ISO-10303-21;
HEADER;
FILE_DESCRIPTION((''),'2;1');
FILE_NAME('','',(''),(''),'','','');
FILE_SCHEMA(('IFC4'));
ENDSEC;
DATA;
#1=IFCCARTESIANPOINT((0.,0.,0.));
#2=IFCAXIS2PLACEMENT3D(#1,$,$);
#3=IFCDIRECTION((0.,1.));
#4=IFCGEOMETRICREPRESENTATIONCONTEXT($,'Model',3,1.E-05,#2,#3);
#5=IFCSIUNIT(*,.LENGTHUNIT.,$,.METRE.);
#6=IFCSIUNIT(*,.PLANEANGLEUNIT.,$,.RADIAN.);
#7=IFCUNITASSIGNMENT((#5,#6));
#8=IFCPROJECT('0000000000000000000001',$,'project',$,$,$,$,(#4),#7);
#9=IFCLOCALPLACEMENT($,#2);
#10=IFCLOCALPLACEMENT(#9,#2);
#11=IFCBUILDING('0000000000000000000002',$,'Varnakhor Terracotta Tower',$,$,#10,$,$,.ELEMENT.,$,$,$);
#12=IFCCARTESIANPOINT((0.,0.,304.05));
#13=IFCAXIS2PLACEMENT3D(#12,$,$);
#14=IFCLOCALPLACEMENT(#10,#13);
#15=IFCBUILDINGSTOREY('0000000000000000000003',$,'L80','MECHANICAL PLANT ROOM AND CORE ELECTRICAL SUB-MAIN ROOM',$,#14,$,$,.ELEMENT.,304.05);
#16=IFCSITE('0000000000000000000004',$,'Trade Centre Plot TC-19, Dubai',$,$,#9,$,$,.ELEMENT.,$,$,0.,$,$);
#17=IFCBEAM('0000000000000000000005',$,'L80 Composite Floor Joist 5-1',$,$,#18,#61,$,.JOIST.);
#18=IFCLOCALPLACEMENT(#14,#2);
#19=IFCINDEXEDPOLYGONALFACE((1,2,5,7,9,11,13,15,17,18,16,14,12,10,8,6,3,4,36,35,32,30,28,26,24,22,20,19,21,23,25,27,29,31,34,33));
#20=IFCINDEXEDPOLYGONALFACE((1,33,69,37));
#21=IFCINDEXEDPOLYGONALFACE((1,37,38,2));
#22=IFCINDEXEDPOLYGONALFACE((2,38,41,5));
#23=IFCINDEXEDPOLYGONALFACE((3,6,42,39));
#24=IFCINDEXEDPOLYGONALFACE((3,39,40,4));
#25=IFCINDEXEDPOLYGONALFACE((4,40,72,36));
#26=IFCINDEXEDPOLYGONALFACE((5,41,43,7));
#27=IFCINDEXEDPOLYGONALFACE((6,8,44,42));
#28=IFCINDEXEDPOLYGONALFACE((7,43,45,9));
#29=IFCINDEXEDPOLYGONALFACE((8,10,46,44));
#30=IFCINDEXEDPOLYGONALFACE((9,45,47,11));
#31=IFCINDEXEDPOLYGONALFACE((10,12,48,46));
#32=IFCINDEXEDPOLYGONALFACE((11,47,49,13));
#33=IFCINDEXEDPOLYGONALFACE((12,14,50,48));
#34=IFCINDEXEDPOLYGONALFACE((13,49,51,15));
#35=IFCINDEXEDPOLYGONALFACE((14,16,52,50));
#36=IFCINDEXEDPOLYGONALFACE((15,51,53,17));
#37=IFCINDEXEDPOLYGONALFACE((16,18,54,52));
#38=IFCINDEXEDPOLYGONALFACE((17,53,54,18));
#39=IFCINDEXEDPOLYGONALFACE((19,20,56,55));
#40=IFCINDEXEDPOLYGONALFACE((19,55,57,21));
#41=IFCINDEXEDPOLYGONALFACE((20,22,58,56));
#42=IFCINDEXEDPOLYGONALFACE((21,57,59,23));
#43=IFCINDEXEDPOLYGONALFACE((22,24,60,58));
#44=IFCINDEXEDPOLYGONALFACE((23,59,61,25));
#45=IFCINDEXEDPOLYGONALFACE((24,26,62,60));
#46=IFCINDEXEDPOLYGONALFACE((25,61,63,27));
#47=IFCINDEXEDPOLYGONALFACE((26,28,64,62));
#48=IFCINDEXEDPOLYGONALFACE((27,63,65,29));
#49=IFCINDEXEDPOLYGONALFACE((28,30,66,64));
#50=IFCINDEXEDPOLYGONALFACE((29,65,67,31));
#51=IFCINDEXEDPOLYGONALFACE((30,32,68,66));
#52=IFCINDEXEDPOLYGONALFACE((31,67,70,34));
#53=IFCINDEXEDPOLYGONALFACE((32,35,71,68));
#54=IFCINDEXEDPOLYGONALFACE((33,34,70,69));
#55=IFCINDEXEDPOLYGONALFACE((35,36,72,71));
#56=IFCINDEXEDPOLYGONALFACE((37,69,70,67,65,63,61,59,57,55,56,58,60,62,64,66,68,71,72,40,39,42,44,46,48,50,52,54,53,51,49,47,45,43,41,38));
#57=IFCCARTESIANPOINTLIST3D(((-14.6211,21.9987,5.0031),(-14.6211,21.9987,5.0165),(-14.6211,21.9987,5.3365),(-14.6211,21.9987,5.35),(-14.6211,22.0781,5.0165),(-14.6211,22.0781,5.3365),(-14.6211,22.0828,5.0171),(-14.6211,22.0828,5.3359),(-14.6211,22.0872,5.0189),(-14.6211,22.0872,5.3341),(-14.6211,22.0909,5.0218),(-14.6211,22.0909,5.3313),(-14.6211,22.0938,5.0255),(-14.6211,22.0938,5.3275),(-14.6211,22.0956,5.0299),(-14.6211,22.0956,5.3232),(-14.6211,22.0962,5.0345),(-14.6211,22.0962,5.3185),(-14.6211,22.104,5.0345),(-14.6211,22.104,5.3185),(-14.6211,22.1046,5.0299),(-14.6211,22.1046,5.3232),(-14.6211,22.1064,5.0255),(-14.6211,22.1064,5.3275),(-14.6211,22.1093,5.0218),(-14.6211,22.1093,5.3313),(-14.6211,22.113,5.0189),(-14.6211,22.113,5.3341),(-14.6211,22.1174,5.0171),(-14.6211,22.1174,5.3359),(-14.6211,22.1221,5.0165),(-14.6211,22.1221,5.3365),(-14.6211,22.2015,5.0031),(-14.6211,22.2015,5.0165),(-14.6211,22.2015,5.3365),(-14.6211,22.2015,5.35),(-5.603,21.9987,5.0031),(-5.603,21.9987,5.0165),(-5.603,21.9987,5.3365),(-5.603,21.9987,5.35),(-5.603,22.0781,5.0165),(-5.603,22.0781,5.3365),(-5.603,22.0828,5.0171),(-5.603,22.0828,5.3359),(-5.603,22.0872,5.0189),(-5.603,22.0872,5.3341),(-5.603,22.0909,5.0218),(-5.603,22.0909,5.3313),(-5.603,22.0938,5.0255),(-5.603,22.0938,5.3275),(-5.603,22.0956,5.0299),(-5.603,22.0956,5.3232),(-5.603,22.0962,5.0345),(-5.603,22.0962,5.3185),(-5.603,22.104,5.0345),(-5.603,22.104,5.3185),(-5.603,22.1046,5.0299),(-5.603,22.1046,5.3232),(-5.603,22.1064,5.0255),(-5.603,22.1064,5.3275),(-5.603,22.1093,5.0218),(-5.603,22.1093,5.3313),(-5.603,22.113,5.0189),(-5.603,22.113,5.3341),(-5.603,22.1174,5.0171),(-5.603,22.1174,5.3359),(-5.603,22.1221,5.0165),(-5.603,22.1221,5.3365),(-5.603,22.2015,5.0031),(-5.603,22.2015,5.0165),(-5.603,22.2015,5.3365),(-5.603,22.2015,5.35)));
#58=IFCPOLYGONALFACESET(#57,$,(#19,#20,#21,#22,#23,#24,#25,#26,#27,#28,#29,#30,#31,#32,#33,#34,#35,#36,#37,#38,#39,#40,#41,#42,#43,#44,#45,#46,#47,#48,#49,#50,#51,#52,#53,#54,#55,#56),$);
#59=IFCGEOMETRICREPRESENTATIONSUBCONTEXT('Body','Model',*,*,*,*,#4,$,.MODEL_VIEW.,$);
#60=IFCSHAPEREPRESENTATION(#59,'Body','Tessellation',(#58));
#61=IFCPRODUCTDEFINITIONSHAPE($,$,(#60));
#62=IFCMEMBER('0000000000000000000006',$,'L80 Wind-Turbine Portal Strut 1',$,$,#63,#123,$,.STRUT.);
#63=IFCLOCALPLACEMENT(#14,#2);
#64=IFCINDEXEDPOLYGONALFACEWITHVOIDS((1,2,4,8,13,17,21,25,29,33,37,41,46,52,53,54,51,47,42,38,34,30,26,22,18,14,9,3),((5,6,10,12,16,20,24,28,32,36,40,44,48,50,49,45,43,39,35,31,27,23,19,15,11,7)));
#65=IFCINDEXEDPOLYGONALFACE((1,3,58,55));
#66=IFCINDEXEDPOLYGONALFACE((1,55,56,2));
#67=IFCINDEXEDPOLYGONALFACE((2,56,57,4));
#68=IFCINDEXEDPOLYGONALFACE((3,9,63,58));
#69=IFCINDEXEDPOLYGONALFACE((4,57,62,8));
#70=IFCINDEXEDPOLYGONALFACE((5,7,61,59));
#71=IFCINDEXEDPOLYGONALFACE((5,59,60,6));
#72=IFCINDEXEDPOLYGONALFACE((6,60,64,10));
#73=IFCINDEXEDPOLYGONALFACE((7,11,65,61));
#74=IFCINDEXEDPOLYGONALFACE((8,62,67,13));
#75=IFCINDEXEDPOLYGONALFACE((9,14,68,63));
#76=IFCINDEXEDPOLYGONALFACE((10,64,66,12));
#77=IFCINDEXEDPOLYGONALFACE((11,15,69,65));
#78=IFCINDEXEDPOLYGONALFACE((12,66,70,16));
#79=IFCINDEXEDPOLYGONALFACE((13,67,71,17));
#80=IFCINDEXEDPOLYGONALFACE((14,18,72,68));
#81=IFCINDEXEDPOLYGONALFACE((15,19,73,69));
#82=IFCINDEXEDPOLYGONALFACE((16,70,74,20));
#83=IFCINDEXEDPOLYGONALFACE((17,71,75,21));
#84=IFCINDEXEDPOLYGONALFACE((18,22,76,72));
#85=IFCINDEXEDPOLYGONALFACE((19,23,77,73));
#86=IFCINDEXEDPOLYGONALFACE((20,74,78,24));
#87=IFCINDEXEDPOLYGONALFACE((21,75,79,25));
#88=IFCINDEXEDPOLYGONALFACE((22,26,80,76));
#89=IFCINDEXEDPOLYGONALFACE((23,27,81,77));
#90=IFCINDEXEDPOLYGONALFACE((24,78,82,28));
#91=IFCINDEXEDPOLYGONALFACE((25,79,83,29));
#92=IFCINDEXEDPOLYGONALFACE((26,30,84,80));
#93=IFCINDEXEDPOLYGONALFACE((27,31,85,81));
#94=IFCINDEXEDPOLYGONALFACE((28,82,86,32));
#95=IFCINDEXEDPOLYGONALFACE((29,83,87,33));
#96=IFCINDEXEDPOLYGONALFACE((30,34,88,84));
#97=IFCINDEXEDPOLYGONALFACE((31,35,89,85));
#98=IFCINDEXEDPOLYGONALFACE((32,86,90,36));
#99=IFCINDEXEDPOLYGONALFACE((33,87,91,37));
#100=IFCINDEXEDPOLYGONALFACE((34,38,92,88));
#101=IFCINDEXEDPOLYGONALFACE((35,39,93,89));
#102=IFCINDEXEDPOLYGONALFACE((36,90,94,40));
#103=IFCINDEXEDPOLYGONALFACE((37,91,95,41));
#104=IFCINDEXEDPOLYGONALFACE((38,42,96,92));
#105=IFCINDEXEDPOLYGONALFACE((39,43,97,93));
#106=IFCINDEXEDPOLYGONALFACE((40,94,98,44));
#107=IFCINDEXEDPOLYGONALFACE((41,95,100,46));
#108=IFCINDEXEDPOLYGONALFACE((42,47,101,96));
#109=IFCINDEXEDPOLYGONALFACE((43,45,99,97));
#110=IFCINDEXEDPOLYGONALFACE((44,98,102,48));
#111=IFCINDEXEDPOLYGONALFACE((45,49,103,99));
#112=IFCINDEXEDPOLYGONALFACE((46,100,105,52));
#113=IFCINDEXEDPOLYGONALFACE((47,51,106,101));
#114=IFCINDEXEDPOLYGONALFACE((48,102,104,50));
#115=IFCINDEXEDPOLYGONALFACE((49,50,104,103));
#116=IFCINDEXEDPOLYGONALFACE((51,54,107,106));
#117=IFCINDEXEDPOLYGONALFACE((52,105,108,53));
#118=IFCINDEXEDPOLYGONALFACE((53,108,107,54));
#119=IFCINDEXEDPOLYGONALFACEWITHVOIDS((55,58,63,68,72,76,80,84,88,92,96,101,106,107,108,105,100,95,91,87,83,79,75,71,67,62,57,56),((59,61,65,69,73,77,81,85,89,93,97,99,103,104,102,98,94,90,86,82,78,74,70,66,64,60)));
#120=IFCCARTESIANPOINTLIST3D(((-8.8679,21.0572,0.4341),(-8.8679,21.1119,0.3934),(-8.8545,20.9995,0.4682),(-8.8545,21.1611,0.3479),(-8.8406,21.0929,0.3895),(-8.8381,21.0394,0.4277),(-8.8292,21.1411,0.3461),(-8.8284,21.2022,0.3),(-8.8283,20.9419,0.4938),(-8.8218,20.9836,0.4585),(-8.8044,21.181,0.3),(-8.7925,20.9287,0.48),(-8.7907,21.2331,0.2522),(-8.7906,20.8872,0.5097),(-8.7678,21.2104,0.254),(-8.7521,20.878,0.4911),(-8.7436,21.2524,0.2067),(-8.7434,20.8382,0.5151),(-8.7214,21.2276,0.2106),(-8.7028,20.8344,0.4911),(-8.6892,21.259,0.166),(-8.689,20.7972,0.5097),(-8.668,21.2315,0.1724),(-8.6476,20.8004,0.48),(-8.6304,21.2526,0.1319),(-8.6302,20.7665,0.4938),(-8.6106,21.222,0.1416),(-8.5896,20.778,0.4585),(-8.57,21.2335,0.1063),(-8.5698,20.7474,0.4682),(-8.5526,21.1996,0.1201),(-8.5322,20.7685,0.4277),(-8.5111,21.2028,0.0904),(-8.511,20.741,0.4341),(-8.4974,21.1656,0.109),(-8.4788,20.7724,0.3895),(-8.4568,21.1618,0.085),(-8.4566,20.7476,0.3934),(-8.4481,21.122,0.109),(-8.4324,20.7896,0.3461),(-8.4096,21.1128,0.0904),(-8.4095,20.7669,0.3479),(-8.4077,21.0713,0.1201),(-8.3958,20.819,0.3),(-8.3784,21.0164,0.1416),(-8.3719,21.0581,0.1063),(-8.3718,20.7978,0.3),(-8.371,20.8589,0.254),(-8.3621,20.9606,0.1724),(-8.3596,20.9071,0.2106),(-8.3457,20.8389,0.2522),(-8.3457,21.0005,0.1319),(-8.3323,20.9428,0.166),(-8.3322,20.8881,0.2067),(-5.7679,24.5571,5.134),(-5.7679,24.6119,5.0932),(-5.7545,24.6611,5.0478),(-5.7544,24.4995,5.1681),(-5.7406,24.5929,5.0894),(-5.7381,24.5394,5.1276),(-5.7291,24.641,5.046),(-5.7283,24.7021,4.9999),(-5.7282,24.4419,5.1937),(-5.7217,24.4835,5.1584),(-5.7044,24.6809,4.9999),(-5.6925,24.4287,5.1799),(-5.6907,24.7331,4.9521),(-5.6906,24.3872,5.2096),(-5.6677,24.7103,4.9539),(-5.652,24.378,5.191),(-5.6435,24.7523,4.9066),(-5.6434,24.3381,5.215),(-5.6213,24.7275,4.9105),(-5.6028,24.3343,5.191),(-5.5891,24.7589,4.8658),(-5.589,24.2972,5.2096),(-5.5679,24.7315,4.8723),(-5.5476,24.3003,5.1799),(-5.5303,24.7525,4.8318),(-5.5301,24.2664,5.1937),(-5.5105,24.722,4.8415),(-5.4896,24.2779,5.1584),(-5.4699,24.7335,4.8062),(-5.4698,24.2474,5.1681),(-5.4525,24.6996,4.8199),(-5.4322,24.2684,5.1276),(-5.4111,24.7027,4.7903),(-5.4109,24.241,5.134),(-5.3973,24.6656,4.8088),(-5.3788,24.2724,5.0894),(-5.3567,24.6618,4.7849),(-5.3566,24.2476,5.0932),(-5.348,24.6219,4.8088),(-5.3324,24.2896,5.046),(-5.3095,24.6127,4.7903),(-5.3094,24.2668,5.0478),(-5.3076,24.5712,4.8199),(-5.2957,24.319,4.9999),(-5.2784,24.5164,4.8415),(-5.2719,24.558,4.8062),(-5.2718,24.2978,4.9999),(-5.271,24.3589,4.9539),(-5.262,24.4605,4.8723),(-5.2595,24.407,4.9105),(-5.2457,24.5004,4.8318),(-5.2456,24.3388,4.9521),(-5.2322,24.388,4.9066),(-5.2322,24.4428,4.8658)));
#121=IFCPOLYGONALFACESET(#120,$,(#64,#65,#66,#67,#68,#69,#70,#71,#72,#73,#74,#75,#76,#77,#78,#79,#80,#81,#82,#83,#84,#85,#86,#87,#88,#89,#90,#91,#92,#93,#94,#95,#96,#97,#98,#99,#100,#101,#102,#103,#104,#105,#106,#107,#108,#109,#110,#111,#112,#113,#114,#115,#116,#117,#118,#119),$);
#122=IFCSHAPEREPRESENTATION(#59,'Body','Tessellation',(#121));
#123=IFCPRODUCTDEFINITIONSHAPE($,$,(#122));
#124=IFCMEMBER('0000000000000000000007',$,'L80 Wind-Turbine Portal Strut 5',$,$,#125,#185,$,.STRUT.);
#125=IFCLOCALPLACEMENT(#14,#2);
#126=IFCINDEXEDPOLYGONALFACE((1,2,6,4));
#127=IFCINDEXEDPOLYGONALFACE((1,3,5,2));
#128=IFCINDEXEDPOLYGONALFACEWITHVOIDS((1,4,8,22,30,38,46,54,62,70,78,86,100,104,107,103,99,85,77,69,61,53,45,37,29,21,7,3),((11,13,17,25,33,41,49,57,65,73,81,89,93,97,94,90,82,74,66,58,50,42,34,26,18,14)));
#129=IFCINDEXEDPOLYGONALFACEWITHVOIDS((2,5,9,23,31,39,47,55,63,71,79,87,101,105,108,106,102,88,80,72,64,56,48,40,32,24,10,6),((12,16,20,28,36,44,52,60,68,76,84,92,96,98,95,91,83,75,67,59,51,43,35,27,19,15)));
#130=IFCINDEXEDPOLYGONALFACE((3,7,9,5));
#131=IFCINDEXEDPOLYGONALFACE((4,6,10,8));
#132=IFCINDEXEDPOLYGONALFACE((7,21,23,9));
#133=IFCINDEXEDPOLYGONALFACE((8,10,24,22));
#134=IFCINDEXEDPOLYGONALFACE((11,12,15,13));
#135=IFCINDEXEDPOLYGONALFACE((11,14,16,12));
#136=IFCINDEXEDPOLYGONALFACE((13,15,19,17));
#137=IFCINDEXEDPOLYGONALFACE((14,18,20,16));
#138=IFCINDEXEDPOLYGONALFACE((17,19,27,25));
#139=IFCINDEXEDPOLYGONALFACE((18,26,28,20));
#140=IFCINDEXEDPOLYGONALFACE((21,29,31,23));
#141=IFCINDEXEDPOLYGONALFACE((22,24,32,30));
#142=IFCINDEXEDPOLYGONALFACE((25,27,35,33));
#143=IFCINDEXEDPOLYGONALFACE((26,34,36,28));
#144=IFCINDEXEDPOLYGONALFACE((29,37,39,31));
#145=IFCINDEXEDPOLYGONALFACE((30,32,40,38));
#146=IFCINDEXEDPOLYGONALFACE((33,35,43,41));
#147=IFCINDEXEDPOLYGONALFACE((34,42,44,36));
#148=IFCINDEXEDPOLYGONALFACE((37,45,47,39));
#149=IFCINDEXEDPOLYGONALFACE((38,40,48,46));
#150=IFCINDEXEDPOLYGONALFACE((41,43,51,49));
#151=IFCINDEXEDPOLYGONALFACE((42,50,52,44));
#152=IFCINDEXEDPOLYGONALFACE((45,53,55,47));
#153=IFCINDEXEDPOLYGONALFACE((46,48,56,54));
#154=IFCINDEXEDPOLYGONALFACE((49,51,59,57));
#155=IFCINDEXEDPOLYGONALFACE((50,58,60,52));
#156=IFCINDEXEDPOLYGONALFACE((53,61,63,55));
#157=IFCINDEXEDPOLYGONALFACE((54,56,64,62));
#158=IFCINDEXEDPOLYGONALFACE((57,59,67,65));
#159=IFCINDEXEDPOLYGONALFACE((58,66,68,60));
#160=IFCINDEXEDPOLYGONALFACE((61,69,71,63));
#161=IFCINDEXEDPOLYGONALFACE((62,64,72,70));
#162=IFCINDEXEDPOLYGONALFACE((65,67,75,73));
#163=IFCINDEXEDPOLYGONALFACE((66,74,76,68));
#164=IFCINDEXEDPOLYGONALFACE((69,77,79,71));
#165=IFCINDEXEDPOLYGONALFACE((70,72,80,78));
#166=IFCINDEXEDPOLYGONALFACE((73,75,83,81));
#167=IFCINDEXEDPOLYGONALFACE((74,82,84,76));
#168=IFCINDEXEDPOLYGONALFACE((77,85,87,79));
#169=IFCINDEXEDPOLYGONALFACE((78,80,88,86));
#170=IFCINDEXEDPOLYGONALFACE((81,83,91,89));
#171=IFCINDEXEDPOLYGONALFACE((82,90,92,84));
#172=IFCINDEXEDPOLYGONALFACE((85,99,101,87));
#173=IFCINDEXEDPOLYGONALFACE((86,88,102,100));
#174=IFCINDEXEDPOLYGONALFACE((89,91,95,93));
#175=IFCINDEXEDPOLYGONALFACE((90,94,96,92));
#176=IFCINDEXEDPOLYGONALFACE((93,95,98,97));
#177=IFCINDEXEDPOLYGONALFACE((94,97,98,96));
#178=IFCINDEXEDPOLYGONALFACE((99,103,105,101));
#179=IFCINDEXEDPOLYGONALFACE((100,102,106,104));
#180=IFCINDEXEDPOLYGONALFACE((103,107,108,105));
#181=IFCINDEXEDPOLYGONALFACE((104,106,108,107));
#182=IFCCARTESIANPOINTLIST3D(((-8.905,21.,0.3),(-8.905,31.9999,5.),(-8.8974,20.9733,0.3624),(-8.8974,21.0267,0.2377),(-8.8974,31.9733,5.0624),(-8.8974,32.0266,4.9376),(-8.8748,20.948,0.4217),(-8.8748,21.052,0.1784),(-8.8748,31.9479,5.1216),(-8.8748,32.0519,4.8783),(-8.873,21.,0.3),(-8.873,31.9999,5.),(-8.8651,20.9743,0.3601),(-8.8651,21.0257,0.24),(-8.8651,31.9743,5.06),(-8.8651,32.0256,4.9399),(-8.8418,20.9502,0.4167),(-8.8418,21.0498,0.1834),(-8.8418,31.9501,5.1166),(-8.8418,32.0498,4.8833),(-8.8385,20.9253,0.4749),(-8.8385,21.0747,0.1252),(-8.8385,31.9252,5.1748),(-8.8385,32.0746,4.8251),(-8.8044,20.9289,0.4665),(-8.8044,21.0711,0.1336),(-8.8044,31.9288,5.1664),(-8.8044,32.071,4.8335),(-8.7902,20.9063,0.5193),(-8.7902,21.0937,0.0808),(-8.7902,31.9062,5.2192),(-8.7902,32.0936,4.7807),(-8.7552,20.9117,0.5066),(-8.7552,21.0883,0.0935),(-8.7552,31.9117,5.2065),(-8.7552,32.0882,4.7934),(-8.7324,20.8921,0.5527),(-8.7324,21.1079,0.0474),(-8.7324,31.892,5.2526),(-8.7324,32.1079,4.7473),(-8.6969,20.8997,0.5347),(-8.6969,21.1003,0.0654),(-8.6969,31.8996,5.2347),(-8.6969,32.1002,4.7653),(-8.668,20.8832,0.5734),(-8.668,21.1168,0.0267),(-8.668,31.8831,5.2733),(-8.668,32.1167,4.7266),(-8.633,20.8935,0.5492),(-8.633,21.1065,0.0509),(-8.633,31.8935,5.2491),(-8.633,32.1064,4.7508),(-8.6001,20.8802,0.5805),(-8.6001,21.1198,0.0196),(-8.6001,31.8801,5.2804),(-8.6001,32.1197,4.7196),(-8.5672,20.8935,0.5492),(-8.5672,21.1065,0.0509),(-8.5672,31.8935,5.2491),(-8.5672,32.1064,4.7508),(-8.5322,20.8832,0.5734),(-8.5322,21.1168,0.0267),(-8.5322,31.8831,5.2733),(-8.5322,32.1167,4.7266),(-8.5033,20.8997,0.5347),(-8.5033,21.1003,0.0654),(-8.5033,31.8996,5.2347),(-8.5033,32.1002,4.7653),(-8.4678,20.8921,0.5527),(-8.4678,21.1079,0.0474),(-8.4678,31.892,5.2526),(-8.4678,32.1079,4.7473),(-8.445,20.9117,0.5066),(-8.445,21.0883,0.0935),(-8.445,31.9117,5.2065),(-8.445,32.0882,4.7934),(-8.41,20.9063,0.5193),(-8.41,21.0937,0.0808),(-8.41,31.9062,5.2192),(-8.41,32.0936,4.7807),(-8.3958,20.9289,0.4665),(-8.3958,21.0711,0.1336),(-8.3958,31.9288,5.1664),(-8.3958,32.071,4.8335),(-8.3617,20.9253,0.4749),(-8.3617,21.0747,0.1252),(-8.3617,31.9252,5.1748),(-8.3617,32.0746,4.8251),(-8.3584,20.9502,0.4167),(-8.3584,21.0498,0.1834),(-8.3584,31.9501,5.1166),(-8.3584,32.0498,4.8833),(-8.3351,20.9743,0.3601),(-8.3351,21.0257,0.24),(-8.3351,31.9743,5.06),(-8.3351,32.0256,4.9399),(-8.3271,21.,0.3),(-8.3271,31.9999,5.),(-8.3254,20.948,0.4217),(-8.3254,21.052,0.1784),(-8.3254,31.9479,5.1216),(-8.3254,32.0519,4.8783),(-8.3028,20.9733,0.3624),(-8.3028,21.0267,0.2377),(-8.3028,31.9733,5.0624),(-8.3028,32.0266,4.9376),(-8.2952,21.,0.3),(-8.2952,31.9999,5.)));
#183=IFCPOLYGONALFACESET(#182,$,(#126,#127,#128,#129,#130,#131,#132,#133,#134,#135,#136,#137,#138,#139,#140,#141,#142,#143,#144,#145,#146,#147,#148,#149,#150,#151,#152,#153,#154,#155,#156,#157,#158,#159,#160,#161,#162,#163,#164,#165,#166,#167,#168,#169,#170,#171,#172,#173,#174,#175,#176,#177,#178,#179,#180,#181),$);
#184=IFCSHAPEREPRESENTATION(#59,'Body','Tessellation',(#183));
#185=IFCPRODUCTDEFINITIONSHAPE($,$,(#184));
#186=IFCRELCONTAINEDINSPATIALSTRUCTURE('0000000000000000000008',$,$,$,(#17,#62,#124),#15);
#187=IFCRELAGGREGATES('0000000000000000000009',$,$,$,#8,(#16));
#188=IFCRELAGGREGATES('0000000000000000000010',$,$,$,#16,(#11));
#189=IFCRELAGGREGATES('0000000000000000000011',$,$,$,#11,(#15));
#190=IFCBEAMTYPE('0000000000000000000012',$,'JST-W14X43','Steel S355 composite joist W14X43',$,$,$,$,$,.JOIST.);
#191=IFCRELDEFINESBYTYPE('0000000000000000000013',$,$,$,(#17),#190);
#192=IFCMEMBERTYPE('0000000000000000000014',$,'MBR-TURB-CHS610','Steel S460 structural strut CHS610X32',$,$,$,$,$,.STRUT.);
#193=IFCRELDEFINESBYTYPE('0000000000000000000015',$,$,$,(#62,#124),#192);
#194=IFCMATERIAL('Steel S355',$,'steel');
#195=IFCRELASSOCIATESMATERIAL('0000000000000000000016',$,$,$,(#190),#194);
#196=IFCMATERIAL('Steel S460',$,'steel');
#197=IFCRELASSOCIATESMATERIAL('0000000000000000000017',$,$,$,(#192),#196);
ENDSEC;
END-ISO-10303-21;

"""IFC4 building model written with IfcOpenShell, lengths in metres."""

from ifc_helpers import new_model, si_unit, direction, frame, origin, origin_2d, place, context, subcontext, project, spatial, hollow_circle, i_section, extrude, source, transform, mapped, material, material_profile, profile_set, type_object, type_shapes, element, save


model = new_model("IFC4")

# Units and contexts
model_context = context("Model", 3, precision=1e-05, world=origin(), true_north=direction((0.0, 1.0)))
body_context = subcontext(model_context, "Body", "Model", "MODEL_VIEW")
ifc_project = project(units=[si_unit("LENGTHUNIT", "METRE"), si_unit("PLANEANGLEUNIT", "RADIAN")], contexts=[model_context])

# Site, building, storey
site_placement = place(None, origin())
site = spatial("IfcSite", under=ifc_project, at=site_placement, Name="Trade Centre Plot TC-19, Dubai", CompositionType="ELEMENT", RefElevation=0.0)
building_placement = place(site_placement, origin())
building = spatial("IfcBuilding", under=site, at=building_placement, Name="Varnakhor Terracotta Tower", CompositionType="ELEMENT")
storey_placement = place(building_placement, frame((0.0, 0.0, 304.05)))
storey = spatial("IfcBuildingStorey", under=building, at=storey_placement, Name="L80", Description="MECHANICAL PLANT ROOM AND CORE ELECTRICAL SUB-MAIN ROOM", CompositionType="ELEMENT", Elevation=304.05)

# Beam
ifc_material_1 = material(Name="Steel S355", Category="steel")
ifc_material_profile_1 = material_profile(ifc_material_1, i_section(OverallWidth=0.2029, OverallDepth=0.3469, WebThickness=0.0078, FlangeThickness=0.0134, FilletRadius=0.0181, at=origin_2d()), Name="W14X43")
ifc_profile_set_1 = profile_set([ifc_material_profile_1], Name="Steel S355")
beam_type_1 = type_object("IfcBeamType", Name="JST-W14X43", Description="Steel S355 composite joist W14X43", PredefinedType="JOIST", material=ifc_profile_set_1)
shared_shape_1 = source(origin(), body_context, "Body", "SweptSolid", [
    extrude(i_section(OverallWidth=0.2029, OverallDepth=0.3469, WebThickness=0.0078, FlangeThickness=0.0134, FilletRadius=0.0181, at=origin_2d()), origin(), (0.0, 0.0, 1.0), 9.0181),
])
beam_1_placement = place(storey_placement, frame((-14.6211, 22.1001, 5.1765), z_axis=(1.0, 0.0, 0.0), x_axis=(0.0, 1.0, 0.0)))
element("IfcBeam", 1, at=beam_1_placement, inside=storey, type_object=beam_type_1, Name="L80 Composite Floor Joist 5-1", PredefinedType="JOIST", context=body_context, shape_type="MappedRepresentation", body=[
    mapped(shared_shape_1, transform((0.0, 0.0, 0.0), scale=1.0)),
])

# Members
ifc_material_2 = material(Name="Steel S460", Category="steel")
ifc_material_profile_2 = material_profile(ifc_material_2, hollow_circle(Radius=0.3049, WallThickness=0.032, at=origin_2d()), Name="CHS610X32")
ifc_profile_set_2 = profile_set([ifc_material_profile_2], Name="Steel S460")
member_type = type_object("IfcMemberType", Name="MBR-TURB-CHS610", Description="Steel S460 structural strut CHS610X32", PredefinedType="STRUT", material=ifc_profile_set_2)
shared_shape_2 = source(origin(), body_context, "Body", "SweptSolid", [
    extrude(hollow_circle(Radius=0.3049, WallThickness=0.032, at=origin_2d()), origin(), (0.0, 0.0, 1.0), 6.6294),
])
type_shapes(member_type, [shared_shape_2])
member_1_placement = place(storey_placement, frame((-8.6001, 21.0, 0.3), z_axis=(0.467622, 0.527944, 0.708946), x_axis=(-0.748578, 0.663047, 0.0)))
element("IfcMember", 2, at=member_1_placement, inside=storey, type_object=member_type, Name="L80 Wind-Turbine Portal Strut 1", PredefinedType="STRUT", context=body_context, shape_type="MappedRepresentation", body=[
    mapped(shared_shape_2, transform((0.0, 0.0, 0.0), scale=1.0)),
])
shared_shape_3 = source(origin(), body_context, "Body", "SweptSolid", [
    extrude(hollow_circle(Radius=0.3049, WallThickness=0.032, at=origin_2d()), origin(), (0.0, 0.0, 1.0), 11.9619),
])
member_2_placement = place(storey_placement, frame((-8.6001, 21.0, 0.3), z_axis=(0.0, 0.919578, 0.392907), x_axis=(-1.0, 0.0, 0.0)))
element("IfcMember", 3, at=member_2_placement, inside=storey, type_object=member_type, Name="L80 Wind-Turbine Portal Strut 5", PredefinedType="STRUT", context=body_context, shape_type="MappedRepresentation", body=[
    mapped(shared_shape_3, transform((0.0, 0.0, 0.0), scale=1.0)),
])

save(model, "model.ifc")
